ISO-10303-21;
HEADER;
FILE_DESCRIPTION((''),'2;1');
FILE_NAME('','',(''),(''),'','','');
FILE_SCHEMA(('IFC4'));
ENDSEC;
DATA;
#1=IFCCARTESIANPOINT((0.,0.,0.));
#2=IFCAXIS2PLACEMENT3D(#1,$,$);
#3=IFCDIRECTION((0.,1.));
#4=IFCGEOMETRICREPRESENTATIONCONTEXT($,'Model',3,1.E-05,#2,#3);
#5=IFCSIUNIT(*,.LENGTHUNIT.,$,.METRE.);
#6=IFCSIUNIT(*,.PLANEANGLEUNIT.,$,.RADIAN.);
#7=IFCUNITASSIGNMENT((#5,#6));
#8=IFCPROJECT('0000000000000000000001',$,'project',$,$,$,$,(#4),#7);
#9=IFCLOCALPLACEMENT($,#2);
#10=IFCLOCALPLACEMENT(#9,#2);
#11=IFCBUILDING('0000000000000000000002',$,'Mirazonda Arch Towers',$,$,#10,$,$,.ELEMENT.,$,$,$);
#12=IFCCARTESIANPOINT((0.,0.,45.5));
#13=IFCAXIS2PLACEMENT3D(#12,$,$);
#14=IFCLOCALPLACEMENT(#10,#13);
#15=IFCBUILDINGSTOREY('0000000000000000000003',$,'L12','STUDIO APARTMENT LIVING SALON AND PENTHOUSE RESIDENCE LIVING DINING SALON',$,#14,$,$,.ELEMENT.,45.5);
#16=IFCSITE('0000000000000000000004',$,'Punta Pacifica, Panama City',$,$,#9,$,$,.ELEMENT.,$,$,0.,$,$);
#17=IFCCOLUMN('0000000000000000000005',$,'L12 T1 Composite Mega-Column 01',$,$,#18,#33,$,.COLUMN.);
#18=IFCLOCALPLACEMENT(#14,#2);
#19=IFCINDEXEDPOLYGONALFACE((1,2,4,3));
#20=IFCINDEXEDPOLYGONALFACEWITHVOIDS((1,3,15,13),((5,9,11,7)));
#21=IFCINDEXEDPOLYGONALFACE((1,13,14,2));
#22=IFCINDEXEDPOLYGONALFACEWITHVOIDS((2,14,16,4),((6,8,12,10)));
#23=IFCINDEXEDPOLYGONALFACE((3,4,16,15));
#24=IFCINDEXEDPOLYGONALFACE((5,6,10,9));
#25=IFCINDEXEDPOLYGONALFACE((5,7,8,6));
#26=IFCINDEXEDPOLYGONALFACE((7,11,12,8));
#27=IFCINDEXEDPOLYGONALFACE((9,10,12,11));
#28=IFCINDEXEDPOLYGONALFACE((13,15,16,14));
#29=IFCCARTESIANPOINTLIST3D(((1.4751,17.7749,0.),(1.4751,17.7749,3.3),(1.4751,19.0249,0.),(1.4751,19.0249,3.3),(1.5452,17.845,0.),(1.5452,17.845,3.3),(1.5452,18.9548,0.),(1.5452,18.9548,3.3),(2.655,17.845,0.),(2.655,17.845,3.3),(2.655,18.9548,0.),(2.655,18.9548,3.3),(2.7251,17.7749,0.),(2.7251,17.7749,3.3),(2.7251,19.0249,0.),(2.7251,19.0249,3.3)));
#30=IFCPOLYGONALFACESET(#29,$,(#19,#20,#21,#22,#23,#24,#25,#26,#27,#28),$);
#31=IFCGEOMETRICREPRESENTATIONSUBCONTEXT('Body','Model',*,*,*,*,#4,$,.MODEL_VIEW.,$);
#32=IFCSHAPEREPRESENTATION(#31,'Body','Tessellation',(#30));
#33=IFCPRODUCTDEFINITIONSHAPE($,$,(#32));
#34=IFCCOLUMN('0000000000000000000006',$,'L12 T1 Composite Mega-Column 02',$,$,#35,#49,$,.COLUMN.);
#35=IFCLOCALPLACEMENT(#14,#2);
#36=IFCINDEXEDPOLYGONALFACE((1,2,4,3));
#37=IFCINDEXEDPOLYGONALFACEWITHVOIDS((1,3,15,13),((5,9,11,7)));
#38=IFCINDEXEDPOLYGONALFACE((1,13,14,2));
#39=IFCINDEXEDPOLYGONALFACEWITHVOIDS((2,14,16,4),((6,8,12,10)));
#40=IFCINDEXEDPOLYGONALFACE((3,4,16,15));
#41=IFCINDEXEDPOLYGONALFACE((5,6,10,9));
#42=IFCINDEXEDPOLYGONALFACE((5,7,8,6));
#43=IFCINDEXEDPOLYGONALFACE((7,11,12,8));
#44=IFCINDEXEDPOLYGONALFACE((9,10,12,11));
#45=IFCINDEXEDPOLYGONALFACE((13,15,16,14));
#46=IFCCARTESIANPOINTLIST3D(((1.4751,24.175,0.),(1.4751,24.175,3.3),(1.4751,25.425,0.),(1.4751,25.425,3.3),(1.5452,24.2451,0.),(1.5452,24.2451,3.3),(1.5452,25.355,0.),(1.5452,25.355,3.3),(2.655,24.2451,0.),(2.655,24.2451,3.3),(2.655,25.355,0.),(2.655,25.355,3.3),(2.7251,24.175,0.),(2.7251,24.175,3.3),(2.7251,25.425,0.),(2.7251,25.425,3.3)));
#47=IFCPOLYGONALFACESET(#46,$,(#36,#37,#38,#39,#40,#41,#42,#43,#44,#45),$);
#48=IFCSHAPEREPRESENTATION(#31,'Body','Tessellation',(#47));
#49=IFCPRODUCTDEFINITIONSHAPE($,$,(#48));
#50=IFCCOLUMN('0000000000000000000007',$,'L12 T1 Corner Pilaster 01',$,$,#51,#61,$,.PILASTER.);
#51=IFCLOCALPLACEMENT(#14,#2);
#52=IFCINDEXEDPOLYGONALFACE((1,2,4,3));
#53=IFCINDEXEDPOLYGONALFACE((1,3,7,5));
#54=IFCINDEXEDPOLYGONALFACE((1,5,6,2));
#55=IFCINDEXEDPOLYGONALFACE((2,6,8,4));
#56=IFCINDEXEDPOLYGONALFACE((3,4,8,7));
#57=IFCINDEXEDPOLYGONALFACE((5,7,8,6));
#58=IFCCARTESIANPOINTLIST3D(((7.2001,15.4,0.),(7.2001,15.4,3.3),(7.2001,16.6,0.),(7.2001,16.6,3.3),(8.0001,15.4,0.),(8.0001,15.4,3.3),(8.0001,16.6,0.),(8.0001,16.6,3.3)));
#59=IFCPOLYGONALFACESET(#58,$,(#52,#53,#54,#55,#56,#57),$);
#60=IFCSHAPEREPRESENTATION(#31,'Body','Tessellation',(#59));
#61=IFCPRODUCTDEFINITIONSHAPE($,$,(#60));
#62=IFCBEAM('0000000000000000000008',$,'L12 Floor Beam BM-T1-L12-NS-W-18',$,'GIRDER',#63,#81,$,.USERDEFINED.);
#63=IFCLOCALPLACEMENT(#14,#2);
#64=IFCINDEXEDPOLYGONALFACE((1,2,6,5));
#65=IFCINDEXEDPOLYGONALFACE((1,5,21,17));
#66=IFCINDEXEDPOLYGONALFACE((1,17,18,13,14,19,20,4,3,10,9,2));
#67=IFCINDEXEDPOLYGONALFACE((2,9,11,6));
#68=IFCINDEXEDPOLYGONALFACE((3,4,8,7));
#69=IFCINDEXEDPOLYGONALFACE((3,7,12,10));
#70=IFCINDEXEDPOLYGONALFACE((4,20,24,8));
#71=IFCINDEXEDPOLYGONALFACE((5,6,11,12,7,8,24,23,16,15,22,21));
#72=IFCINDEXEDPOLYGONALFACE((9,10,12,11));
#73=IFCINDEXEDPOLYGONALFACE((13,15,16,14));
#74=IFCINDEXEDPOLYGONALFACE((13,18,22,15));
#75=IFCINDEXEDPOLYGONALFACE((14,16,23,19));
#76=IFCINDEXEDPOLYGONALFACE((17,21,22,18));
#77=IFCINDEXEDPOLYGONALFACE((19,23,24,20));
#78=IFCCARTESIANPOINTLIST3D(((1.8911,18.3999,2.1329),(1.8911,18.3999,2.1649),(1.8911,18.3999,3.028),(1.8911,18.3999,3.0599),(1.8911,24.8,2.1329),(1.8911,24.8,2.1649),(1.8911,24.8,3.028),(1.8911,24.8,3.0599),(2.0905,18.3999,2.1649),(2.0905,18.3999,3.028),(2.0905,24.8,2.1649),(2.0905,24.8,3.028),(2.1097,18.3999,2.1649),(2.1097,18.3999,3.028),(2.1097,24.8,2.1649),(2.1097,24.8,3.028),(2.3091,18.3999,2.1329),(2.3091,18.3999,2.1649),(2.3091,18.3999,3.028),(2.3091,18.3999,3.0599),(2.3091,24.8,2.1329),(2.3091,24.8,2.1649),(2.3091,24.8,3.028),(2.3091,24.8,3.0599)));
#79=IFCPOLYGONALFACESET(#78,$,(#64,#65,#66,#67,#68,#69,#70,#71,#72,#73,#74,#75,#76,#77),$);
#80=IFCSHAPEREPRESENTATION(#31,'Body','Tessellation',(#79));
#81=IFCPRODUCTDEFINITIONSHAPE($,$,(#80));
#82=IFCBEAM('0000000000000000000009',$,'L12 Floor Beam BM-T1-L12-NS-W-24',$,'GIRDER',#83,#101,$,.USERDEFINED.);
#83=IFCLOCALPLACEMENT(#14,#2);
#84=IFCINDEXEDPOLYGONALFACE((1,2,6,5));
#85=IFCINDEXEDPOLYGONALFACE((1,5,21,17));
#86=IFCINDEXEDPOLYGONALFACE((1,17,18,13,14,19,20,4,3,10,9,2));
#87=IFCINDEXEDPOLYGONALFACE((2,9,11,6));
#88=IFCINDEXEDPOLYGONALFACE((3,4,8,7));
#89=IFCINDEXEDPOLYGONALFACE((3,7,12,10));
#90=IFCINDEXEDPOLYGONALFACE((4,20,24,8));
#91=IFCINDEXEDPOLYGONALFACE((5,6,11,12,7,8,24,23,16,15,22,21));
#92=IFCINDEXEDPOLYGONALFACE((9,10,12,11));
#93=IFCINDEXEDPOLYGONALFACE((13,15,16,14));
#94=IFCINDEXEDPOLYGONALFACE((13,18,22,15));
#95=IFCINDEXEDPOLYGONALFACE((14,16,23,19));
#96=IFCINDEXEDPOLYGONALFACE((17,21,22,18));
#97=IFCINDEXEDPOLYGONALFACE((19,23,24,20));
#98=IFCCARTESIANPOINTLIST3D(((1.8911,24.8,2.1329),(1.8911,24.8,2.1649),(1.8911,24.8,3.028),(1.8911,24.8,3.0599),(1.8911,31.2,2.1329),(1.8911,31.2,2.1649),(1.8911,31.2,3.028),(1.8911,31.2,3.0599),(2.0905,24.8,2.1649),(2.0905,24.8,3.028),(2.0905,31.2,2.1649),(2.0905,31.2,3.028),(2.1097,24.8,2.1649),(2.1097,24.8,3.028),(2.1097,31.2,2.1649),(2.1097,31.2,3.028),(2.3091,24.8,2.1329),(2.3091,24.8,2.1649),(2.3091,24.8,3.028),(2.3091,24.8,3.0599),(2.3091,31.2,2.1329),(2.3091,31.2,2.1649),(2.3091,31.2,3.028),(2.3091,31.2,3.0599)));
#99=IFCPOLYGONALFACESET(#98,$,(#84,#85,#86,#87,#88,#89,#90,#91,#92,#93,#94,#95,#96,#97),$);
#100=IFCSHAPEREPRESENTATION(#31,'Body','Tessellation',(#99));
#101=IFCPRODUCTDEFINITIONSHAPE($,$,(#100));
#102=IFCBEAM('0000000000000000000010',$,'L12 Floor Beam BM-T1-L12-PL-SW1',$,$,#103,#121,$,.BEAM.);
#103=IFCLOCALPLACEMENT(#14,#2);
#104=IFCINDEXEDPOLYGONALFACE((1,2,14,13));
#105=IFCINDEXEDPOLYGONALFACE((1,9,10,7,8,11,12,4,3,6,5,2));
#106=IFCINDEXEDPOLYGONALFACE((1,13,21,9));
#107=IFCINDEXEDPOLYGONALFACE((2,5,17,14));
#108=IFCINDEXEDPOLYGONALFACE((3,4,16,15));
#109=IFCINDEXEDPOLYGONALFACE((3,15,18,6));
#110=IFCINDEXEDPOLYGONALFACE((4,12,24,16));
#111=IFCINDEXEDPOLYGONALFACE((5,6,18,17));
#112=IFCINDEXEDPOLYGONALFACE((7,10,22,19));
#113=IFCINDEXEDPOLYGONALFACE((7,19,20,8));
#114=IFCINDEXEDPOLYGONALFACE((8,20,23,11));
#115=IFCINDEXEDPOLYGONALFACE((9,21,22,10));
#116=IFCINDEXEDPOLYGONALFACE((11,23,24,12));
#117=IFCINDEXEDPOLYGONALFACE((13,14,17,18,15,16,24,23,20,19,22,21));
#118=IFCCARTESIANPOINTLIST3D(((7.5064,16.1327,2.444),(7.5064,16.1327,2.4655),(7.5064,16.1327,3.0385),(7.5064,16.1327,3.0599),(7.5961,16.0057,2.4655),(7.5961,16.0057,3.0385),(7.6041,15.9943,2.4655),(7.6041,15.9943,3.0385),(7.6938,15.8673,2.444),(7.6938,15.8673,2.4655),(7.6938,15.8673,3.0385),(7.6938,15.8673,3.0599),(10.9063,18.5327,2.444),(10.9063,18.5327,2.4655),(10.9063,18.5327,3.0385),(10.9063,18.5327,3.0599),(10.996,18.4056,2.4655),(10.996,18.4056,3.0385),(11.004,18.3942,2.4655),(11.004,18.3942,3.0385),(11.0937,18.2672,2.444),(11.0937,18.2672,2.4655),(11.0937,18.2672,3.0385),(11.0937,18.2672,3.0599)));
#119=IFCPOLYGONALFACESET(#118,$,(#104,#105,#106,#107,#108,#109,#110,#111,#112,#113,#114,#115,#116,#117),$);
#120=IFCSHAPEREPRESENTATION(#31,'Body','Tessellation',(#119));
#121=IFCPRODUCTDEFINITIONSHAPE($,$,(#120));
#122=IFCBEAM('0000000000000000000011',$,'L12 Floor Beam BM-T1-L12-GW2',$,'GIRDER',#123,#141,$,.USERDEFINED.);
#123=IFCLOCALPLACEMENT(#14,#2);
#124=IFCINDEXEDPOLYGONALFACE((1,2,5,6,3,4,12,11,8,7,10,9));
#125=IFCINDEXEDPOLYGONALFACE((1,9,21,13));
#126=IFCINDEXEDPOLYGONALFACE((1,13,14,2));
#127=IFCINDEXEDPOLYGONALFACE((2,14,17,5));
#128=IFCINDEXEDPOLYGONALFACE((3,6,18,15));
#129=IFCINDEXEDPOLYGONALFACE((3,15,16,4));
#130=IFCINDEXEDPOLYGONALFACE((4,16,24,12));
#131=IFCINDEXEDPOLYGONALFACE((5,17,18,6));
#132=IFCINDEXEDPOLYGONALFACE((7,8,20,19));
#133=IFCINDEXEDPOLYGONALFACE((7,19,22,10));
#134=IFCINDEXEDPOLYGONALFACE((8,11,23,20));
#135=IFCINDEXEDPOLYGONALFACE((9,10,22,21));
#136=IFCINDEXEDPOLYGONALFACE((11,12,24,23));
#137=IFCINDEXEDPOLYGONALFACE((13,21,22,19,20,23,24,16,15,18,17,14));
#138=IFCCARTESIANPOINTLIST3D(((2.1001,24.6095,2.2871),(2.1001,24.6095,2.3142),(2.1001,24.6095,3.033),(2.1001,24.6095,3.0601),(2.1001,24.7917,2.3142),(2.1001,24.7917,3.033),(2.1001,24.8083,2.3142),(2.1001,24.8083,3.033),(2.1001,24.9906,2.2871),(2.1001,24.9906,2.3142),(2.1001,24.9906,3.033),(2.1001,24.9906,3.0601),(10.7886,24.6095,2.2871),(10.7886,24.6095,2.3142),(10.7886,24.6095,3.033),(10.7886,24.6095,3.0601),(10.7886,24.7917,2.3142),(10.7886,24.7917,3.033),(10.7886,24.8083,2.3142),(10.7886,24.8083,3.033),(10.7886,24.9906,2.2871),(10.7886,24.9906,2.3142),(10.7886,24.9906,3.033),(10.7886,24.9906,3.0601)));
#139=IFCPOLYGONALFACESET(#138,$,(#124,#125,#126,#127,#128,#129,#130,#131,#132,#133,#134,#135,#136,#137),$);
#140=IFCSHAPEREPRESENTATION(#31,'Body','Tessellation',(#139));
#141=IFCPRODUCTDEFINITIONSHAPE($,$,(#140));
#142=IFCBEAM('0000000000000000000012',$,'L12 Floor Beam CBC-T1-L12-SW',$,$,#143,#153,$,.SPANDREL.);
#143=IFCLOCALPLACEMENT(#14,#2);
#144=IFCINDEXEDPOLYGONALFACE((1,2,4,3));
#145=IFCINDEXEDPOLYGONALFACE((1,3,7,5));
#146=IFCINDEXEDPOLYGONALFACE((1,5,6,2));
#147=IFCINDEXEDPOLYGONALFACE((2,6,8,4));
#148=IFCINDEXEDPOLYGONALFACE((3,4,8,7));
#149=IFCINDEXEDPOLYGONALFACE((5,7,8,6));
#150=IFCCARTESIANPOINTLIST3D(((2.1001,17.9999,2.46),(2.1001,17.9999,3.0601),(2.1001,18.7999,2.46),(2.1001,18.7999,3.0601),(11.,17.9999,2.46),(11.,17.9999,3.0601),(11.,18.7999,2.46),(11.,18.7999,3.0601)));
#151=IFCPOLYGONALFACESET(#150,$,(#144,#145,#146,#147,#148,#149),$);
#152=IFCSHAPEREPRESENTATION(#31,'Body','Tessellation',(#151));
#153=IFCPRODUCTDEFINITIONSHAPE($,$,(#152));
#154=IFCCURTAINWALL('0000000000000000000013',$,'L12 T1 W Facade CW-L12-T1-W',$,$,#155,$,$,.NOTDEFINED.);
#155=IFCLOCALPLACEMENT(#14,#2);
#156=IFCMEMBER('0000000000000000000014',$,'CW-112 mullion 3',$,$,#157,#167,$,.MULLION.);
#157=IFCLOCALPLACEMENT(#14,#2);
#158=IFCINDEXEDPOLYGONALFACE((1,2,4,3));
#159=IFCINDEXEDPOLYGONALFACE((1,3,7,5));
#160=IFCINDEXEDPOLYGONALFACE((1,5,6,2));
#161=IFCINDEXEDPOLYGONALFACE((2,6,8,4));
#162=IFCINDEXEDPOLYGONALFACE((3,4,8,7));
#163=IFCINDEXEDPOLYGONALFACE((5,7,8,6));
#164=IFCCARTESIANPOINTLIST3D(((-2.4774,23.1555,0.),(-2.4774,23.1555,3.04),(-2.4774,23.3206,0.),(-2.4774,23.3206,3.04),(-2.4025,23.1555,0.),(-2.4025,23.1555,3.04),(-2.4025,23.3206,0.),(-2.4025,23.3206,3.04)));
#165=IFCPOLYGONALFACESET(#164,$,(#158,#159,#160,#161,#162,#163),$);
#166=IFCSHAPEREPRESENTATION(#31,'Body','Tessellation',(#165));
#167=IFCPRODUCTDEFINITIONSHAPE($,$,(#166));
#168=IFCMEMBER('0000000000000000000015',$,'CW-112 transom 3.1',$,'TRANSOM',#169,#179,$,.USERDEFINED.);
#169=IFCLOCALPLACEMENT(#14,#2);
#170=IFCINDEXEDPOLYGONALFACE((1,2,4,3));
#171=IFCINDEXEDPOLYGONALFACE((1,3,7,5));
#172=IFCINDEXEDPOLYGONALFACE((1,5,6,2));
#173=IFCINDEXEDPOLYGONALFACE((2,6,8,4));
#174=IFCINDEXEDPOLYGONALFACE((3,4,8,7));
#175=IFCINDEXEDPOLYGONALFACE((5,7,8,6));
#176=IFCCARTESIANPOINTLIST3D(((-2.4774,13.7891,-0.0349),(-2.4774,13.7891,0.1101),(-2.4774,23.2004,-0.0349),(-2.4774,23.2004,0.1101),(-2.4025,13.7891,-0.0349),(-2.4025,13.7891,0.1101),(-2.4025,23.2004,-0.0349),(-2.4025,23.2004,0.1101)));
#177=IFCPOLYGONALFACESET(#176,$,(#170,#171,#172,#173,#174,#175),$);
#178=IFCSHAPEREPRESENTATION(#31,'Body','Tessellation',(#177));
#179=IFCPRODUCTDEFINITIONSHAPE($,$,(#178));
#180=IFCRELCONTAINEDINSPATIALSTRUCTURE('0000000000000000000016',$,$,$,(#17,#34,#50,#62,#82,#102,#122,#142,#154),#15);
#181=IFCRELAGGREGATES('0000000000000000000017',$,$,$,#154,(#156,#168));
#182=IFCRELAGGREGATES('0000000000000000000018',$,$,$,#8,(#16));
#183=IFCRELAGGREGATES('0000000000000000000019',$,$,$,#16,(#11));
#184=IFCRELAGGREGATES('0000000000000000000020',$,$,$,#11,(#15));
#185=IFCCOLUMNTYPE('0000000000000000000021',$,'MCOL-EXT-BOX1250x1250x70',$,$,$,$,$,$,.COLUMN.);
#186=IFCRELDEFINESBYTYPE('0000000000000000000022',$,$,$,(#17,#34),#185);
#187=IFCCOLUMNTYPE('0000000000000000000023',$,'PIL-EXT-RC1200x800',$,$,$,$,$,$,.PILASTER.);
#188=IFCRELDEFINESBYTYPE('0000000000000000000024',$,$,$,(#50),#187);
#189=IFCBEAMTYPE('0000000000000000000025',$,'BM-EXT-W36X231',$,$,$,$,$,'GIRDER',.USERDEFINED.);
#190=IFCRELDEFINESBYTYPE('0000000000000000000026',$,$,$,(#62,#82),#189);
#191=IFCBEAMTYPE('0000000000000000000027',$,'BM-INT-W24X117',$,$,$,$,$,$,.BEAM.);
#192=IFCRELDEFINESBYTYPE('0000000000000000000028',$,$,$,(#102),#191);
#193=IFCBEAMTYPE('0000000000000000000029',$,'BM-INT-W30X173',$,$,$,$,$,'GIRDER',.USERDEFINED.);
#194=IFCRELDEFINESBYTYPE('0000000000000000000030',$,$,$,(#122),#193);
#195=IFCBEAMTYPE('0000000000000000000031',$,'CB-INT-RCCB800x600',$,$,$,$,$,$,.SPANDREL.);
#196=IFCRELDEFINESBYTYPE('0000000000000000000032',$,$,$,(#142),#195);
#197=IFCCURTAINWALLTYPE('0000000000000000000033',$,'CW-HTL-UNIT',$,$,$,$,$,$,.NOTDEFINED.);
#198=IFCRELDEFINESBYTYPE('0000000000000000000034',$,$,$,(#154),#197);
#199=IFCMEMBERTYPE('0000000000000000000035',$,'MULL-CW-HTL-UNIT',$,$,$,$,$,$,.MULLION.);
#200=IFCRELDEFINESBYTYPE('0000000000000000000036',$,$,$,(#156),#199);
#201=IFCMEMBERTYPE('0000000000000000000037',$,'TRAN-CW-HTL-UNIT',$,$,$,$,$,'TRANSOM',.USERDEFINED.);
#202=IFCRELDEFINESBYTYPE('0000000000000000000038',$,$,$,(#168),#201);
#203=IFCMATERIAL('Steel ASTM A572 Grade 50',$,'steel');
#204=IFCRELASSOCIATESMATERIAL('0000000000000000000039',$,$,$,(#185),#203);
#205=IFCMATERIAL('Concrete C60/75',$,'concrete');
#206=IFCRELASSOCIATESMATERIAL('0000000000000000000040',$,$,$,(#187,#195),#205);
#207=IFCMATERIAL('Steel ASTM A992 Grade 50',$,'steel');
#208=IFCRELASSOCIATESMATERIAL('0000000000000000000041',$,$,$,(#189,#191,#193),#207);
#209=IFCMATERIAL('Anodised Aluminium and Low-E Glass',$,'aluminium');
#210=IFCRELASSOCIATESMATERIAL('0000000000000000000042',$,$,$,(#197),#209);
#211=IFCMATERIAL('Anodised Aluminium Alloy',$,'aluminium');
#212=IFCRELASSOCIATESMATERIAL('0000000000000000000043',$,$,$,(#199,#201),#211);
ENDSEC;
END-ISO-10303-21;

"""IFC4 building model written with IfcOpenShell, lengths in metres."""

from ifc_helpers import new_model, si_unit, direction, frame, origin, origin_2d, place, context, subcontext, project, spatial, rectangle, hollow_rectangle, i_section, extrude, material, material_profile, profile_set, type_object, element, aggregate, save


model = new_model("IFC4")

# Units and contexts
model_context = context("Model", 3, precision=1e-05, world=origin(), true_north=direction((0.0, 1.0)))
body_context = subcontext(model_context, "Body", "Model", "MODEL_VIEW")
ifc_project = project(units=[si_unit("LENGTHUNIT", "METRE"), si_unit("PLANEANGLEUNIT", "RADIAN")], contexts=[model_context])

# Site, building, storey
site_placement = place(None, origin())
site = spatial("IfcSite", under=ifc_project, at=site_placement, Name="Punta Pacifica, Panama City", CompositionType="ELEMENT", RefElevation=0.0)
building_placement = place(site_placement, origin())
building = spatial("IfcBuilding", under=site, at=building_placement, Name="Mirazonda Arch Towers", CompositionType="ELEMENT")
storey_placement = place(building_placement, frame((0.0, 0.0, 45.5)))
storey = spatial("IfcBuildingStorey", under=building, at=storey_placement, Name="L12", Description="STUDIO APARTMENT LIVING SALON AND PENTHOUSE RESIDENCE LIVING DINING SALON", CompositionType="ELEMENT", Elevation=45.5)

# Columns
ifc_material_1 = material(Name="Steel ASTM A572 Grade 50", Category="steel")
ifc_material_profile_1 = material_profile(ifc_material_1, hollow_rectangle(XDim=1.25, YDim=1.25, WallThickness=0.0701, at=origin_2d()), Name="BOX1250x1250x70")
ifc_profile_set_1 = profile_set([ifc_material_profile_1], Name="Steel ASTM A572 Grade 50")
column_type_1 = type_object("IfcColumnType", Name="MCOL-EXT-BOX1250x1250x70", PredefinedType="COLUMN", material=ifc_profile_set_1)
for number, where, z_axis, x_axis, name in (
    (1, (2.1001, 18.3999, 0.0), (0.0, 0.0, 1.0), (1.0, 0.0, 0.0), "L12 T1 Composite Mega-Column 01"),
    (2, (2.1001, 24.8, 0.0), (0.0, 0.0, 1.0), (1.0, 0.0, 0.0), "L12 T1 Composite Mega-Column 02"),
):
    element("IfcColumn", number, at=place(storey_placement, frame(where, z_axis=z_axis, x_axis=x_axis)), inside=storey, type_object=column_type_1, Name=name, PredefinedType="COLUMN", context=body_context, shape_type="SweptSolid", body=[
        extrude(hollow_rectangle(XDim=1.25, YDim=1.25, WallThickness=0.0701, at=origin_2d()), origin(), (0.0, 0.0, 1.0), 3.3),
    ])
ifc_material_2 = material(Name="Concrete C60/75", Category="concrete")
ifc_material_profile_2 = material_profile(ifc_material_2, rectangle(XDim=0.8, YDim=1.2, at=origin_2d()), Name="RC1200x800")
ifc_profile_set_2 = profile_set([ifc_material_profile_2], Name="Concrete C60/75")
column_type_2 = type_object("IfcColumnType", Name="PIL-EXT-RC1200x800", PredefinedType="PILASTER", material=ifc_profile_set_2)
column_placement = place(storey_placement, frame((7.6001, 16.0, 0.0), z_axis=(0.0, 0.0, 1.0), x_axis=(1.0, 0.0, 0.0)))
element("IfcColumn", 3, at=column_placement, inside=storey, type_object=column_type_2, Name="L12 T1 Corner Pilaster 01", PredefinedType="PILASTER", context=body_context, shape_type="SweptSolid", body=[
    extrude(rectangle(XDim=0.8, YDim=1.2, at=origin_2d()), origin(), (0.0, 0.0, 1.0), 3.3),
])

# Beams
ifc_material_3 = material(Name="Steel ASTM A992 Grade 50", Category="steel")
ifc_material_profile_3 = material_profile(ifc_material_3, i_section(OverallWidth=0.418, OverallDepth=0.927, WebThickness=0.0193, FlangeThickness=0.032, at=origin_2d()), Name="W36X231")
ifc_profile_set_3 = profile_set([ifc_material_profile_3], Name="Steel ASTM A992 Grade 50")
beam_type_1 = type_object("IfcBeamType", Name="BM-EXT-W36X231", ElementType="GIRDER", PredefinedType="USERDEFINED", material=ifc_profile_set_3)
beam_1_placement = place(storey_placement, frame((2.1001, 18.3999, 2.5964), z_axis=(0.0, 1.0, 0.0), x_axis=(-1.0, 0.0, 0.0)))
element("IfcBeam", 4, at=beam_1_placement, inside=storey, type_object=beam_type_1, Name="L12 Floor Beam BM-T1-L12-NS-W-18", ObjectType="GIRDER", PredefinedType="USERDEFINED", context=body_context, shape_type="SweptSolid", body=[
    extrude(i_section(OverallWidth=0.418, OverallDepth=0.927, WebThickness=0.0193, FlangeThickness=0.032, at=origin_2d()), origin(), (0.0, 0.0, 1.0), 6.4001),
])
beam_2_placement = place(storey_placement, frame((2.1001, 24.8, 2.5964), z_axis=(0.0, 1.0, 0.0), x_axis=(-1.0, 0.0, 0.0)))
element("IfcBeam", 5, at=beam_2_placement, inside=storey, type_object=beam_type_1, Name="L12 Floor Beam BM-T1-L12-NS-W-24", ObjectType="GIRDER", PredefinedType="USERDEFINED", context=body_context, shape_type="SweptSolid", body=[
    extrude(i_section(OverallWidth=0.418, OverallDepth=0.927, WebThickness=0.0193, FlangeThickness=0.032, at=origin_2d()), origin(), (0.0, 0.0, 1.0), 6.3999),
])
ifc_material_profile_4 = material_profile(ifc_material_3, i_section(OverallWidth=0.325, OverallDepth=0.616, WebThickness=0.0139, FlangeThickness=0.0215, at=origin_2d()), Name="W24X117")
ifc_profile_set_4 = profile_set([ifc_material_profile_4], Name="Steel ASTM A992 Grade 50")
beam_type_2 = type_object("IfcBeamType", Name="BM-INT-W24X117", PredefinedType="BEAM", material=ifc_profile_set_4)
beam_3_placement = place(storey_placement, frame((7.6001, 16.0, 2.752), z_axis=(0.816971, 0.576679, 0.0), x_axis=(-0.576679, 0.816971, 0.0)))
element("IfcBeam", 6, at=beam_3_placement, inside=storey, type_object=beam_type_2, Name="L12 Floor Beam BM-T1-L12-PL-SW1", PredefinedType="BEAM", context=body_context, shape_type="SweptSolid", body=[
    extrude(i_section(OverallWidth=0.325, OverallDepth=0.616, WebThickness=0.0139, FlangeThickness=0.0215, at=origin_2d()), origin(), (0.0, 0.0, 1.0), 4.1616),
])
ifc_material_profile_5 = material_profile(ifc_material_3, i_section(OverallWidth=0.3811, OverallDepth=0.7729, WebThickness=0.0166, FlangeThickness=0.0271, at=origin_2d()), Name="W30X173")
ifc_profile_set_5 = profile_set([ifc_material_profile_5], Name="Steel ASTM A992 Grade 50")
beam_type_3 = type_object("IfcBeamType", Name="BM-INT-W30X173", ElementType="GIRDER", PredefinedType="USERDEFINED", material=ifc_profile_set_5)
beam_4_placement = place(storey_placement, frame((2.1001, 24.8, 2.6736), z_axis=(1.0, 0.0, 0.0), x_axis=(0.0, 1.0, 0.0)))
element("IfcBeam", 7, at=beam_4_placement, inside=storey, type_object=beam_type_3, Name="L12 Floor Beam BM-T1-L12-GW2", ObjectType="GIRDER", PredefinedType="USERDEFINED", context=body_context, shape_type="SweptSolid", body=[
    extrude(i_section(OverallWidth=0.3811, OverallDepth=0.7729, WebThickness=0.0166, FlangeThickness=0.0271, at=origin_2d()), origin(), (0.0, 0.0, 1.0), 8.6885),
])
ifc_material_profile_6 = material_profile(ifc_material_2, rectangle(XDim=0.8, YDim=0.6001, at=origin_2d()), Name="RCCB800x600")
ifc_profile_set_6 = profile_set([ifc_material_profile_6], Name="Concrete C60/75")
beam_type_4 = type_object("IfcBeamType", Name="CB-INT-RCCB800x600", PredefinedType="SPANDREL", material=ifc_profile_set_6)
beam_5_placement = place(storey_placement, frame((2.1001, 18.3999, 2.76), z_axis=(1.0, 0.0, 0.0), x_axis=(0.0, 1.0, 0.0)))
element("IfcBeam", 8, at=beam_5_placement, inside=storey, type_object=beam_type_4, Name="L12 Floor Beam CBC-T1-L12-SW", PredefinedType="SPANDREL", context=body_context, shape_type="SweptSolid", body=[
    extrude(rectangle(XDim=0.8, YDim=0.6001, at=origin_2d()), origin(), (0.0, 0.0, 1.0), 8.8999),
])

# Curtain wall, members
ifc_material_4 = material(Name="Anodised Aluminium and Low-E Glass", Category="aluminium")
curtain_wall_type = type_object("IfcCurtainWallType", Name="CW-HTL-UNIT", PredefinedType="NOTDEFINED", material=ifc_material_4)
curtain_wall_placement = place(storey_placement, origin())
curtain_wall = element("IfcCurtainWall", 9, at=curtain_wall_placement, inside=storey, type_object=curtain_wall_type, Name="L12 T1 W Facade CW-L12-T1-W", PredefinedType="NOTDEFINED")
ifc_material_5 = material(Name="Anodised Aluminium Alloy", Category="aluminium")
ifc_material_profile_7 = material_profile(ifc_material_5, rectangle(XDim=0.075, YDim=0.165, at=origin_2d()), Name="ALU-MULL-75x165")
ifc_profile_set_7 = profile_set([ifc_material_profile_7], Name="Anodised Aluminium Alloy")
member_type_1 = type_object("IfcMemberType", Name="MULL-CW-HTL-UNIT", PredefinedType="MULLION", material=ifc_profile_set_7)
member_1_placement = place(storey_placement, frame((-2.4399, 23.238, 0.0), z_axis=(0.0, 0.0, 1.0), x_axis=(1.0, 0.0, 0.0)))
member_1 = element("IfcMember", 10, at=member_1_placement, type_object=member_type_1, Name="CW-112 mullion 3", PredefinedType="MULLION", context=body_context, shape_type="SweptSolid", body=[
    extrude(rectangle(XDim=0.075, YDim=0.165, at=origin_2d()), origin(), (0.0, 0.0, 1.0), 3.04),
])
ifc_material_profile_8 = material_profile(ifc_material_5, rectangle(XDim=0.075, YDim=0.145, at=origin_2d()), Name="ALU-TRAN-75x145")
ifc_profile_set_8 = profile_set([ifc_material_profile_8], Name="Anodised Aluminium Alloy")
member_type_2 = type_object("IfcMemberType", Name="TRAN-CW-HTL-UNIT", ElementType="TRANSOM", PredefinedType="USERDEFINED", material=ifc_profile_set_8)
member_2_placement = place(storey_placement, frame((-2.4399, 23.2004, 0.0376), z_axis=(0.0, -1.0, 0.0), x_axis=(1.0, 0.0, 0.0)))
member_2 = element("IfcMember", 11, at=member_2_placement, type_object=member_type_2, Name="CW-112 transom 3.1", ObjectType="TRANSOM", PredefinedType="USERDEFINED", context=body_context, shape_type="SweptSolid", body=[
    extrude(rectangle(XDim=0.075, YDim=0.145, at=origin_2d()), origin(), (0.0, 0.0, 1.0), 9.4114),
])
aggregate(curtain_wall, [member_1, member_2])

save(model, "model.ifc")
